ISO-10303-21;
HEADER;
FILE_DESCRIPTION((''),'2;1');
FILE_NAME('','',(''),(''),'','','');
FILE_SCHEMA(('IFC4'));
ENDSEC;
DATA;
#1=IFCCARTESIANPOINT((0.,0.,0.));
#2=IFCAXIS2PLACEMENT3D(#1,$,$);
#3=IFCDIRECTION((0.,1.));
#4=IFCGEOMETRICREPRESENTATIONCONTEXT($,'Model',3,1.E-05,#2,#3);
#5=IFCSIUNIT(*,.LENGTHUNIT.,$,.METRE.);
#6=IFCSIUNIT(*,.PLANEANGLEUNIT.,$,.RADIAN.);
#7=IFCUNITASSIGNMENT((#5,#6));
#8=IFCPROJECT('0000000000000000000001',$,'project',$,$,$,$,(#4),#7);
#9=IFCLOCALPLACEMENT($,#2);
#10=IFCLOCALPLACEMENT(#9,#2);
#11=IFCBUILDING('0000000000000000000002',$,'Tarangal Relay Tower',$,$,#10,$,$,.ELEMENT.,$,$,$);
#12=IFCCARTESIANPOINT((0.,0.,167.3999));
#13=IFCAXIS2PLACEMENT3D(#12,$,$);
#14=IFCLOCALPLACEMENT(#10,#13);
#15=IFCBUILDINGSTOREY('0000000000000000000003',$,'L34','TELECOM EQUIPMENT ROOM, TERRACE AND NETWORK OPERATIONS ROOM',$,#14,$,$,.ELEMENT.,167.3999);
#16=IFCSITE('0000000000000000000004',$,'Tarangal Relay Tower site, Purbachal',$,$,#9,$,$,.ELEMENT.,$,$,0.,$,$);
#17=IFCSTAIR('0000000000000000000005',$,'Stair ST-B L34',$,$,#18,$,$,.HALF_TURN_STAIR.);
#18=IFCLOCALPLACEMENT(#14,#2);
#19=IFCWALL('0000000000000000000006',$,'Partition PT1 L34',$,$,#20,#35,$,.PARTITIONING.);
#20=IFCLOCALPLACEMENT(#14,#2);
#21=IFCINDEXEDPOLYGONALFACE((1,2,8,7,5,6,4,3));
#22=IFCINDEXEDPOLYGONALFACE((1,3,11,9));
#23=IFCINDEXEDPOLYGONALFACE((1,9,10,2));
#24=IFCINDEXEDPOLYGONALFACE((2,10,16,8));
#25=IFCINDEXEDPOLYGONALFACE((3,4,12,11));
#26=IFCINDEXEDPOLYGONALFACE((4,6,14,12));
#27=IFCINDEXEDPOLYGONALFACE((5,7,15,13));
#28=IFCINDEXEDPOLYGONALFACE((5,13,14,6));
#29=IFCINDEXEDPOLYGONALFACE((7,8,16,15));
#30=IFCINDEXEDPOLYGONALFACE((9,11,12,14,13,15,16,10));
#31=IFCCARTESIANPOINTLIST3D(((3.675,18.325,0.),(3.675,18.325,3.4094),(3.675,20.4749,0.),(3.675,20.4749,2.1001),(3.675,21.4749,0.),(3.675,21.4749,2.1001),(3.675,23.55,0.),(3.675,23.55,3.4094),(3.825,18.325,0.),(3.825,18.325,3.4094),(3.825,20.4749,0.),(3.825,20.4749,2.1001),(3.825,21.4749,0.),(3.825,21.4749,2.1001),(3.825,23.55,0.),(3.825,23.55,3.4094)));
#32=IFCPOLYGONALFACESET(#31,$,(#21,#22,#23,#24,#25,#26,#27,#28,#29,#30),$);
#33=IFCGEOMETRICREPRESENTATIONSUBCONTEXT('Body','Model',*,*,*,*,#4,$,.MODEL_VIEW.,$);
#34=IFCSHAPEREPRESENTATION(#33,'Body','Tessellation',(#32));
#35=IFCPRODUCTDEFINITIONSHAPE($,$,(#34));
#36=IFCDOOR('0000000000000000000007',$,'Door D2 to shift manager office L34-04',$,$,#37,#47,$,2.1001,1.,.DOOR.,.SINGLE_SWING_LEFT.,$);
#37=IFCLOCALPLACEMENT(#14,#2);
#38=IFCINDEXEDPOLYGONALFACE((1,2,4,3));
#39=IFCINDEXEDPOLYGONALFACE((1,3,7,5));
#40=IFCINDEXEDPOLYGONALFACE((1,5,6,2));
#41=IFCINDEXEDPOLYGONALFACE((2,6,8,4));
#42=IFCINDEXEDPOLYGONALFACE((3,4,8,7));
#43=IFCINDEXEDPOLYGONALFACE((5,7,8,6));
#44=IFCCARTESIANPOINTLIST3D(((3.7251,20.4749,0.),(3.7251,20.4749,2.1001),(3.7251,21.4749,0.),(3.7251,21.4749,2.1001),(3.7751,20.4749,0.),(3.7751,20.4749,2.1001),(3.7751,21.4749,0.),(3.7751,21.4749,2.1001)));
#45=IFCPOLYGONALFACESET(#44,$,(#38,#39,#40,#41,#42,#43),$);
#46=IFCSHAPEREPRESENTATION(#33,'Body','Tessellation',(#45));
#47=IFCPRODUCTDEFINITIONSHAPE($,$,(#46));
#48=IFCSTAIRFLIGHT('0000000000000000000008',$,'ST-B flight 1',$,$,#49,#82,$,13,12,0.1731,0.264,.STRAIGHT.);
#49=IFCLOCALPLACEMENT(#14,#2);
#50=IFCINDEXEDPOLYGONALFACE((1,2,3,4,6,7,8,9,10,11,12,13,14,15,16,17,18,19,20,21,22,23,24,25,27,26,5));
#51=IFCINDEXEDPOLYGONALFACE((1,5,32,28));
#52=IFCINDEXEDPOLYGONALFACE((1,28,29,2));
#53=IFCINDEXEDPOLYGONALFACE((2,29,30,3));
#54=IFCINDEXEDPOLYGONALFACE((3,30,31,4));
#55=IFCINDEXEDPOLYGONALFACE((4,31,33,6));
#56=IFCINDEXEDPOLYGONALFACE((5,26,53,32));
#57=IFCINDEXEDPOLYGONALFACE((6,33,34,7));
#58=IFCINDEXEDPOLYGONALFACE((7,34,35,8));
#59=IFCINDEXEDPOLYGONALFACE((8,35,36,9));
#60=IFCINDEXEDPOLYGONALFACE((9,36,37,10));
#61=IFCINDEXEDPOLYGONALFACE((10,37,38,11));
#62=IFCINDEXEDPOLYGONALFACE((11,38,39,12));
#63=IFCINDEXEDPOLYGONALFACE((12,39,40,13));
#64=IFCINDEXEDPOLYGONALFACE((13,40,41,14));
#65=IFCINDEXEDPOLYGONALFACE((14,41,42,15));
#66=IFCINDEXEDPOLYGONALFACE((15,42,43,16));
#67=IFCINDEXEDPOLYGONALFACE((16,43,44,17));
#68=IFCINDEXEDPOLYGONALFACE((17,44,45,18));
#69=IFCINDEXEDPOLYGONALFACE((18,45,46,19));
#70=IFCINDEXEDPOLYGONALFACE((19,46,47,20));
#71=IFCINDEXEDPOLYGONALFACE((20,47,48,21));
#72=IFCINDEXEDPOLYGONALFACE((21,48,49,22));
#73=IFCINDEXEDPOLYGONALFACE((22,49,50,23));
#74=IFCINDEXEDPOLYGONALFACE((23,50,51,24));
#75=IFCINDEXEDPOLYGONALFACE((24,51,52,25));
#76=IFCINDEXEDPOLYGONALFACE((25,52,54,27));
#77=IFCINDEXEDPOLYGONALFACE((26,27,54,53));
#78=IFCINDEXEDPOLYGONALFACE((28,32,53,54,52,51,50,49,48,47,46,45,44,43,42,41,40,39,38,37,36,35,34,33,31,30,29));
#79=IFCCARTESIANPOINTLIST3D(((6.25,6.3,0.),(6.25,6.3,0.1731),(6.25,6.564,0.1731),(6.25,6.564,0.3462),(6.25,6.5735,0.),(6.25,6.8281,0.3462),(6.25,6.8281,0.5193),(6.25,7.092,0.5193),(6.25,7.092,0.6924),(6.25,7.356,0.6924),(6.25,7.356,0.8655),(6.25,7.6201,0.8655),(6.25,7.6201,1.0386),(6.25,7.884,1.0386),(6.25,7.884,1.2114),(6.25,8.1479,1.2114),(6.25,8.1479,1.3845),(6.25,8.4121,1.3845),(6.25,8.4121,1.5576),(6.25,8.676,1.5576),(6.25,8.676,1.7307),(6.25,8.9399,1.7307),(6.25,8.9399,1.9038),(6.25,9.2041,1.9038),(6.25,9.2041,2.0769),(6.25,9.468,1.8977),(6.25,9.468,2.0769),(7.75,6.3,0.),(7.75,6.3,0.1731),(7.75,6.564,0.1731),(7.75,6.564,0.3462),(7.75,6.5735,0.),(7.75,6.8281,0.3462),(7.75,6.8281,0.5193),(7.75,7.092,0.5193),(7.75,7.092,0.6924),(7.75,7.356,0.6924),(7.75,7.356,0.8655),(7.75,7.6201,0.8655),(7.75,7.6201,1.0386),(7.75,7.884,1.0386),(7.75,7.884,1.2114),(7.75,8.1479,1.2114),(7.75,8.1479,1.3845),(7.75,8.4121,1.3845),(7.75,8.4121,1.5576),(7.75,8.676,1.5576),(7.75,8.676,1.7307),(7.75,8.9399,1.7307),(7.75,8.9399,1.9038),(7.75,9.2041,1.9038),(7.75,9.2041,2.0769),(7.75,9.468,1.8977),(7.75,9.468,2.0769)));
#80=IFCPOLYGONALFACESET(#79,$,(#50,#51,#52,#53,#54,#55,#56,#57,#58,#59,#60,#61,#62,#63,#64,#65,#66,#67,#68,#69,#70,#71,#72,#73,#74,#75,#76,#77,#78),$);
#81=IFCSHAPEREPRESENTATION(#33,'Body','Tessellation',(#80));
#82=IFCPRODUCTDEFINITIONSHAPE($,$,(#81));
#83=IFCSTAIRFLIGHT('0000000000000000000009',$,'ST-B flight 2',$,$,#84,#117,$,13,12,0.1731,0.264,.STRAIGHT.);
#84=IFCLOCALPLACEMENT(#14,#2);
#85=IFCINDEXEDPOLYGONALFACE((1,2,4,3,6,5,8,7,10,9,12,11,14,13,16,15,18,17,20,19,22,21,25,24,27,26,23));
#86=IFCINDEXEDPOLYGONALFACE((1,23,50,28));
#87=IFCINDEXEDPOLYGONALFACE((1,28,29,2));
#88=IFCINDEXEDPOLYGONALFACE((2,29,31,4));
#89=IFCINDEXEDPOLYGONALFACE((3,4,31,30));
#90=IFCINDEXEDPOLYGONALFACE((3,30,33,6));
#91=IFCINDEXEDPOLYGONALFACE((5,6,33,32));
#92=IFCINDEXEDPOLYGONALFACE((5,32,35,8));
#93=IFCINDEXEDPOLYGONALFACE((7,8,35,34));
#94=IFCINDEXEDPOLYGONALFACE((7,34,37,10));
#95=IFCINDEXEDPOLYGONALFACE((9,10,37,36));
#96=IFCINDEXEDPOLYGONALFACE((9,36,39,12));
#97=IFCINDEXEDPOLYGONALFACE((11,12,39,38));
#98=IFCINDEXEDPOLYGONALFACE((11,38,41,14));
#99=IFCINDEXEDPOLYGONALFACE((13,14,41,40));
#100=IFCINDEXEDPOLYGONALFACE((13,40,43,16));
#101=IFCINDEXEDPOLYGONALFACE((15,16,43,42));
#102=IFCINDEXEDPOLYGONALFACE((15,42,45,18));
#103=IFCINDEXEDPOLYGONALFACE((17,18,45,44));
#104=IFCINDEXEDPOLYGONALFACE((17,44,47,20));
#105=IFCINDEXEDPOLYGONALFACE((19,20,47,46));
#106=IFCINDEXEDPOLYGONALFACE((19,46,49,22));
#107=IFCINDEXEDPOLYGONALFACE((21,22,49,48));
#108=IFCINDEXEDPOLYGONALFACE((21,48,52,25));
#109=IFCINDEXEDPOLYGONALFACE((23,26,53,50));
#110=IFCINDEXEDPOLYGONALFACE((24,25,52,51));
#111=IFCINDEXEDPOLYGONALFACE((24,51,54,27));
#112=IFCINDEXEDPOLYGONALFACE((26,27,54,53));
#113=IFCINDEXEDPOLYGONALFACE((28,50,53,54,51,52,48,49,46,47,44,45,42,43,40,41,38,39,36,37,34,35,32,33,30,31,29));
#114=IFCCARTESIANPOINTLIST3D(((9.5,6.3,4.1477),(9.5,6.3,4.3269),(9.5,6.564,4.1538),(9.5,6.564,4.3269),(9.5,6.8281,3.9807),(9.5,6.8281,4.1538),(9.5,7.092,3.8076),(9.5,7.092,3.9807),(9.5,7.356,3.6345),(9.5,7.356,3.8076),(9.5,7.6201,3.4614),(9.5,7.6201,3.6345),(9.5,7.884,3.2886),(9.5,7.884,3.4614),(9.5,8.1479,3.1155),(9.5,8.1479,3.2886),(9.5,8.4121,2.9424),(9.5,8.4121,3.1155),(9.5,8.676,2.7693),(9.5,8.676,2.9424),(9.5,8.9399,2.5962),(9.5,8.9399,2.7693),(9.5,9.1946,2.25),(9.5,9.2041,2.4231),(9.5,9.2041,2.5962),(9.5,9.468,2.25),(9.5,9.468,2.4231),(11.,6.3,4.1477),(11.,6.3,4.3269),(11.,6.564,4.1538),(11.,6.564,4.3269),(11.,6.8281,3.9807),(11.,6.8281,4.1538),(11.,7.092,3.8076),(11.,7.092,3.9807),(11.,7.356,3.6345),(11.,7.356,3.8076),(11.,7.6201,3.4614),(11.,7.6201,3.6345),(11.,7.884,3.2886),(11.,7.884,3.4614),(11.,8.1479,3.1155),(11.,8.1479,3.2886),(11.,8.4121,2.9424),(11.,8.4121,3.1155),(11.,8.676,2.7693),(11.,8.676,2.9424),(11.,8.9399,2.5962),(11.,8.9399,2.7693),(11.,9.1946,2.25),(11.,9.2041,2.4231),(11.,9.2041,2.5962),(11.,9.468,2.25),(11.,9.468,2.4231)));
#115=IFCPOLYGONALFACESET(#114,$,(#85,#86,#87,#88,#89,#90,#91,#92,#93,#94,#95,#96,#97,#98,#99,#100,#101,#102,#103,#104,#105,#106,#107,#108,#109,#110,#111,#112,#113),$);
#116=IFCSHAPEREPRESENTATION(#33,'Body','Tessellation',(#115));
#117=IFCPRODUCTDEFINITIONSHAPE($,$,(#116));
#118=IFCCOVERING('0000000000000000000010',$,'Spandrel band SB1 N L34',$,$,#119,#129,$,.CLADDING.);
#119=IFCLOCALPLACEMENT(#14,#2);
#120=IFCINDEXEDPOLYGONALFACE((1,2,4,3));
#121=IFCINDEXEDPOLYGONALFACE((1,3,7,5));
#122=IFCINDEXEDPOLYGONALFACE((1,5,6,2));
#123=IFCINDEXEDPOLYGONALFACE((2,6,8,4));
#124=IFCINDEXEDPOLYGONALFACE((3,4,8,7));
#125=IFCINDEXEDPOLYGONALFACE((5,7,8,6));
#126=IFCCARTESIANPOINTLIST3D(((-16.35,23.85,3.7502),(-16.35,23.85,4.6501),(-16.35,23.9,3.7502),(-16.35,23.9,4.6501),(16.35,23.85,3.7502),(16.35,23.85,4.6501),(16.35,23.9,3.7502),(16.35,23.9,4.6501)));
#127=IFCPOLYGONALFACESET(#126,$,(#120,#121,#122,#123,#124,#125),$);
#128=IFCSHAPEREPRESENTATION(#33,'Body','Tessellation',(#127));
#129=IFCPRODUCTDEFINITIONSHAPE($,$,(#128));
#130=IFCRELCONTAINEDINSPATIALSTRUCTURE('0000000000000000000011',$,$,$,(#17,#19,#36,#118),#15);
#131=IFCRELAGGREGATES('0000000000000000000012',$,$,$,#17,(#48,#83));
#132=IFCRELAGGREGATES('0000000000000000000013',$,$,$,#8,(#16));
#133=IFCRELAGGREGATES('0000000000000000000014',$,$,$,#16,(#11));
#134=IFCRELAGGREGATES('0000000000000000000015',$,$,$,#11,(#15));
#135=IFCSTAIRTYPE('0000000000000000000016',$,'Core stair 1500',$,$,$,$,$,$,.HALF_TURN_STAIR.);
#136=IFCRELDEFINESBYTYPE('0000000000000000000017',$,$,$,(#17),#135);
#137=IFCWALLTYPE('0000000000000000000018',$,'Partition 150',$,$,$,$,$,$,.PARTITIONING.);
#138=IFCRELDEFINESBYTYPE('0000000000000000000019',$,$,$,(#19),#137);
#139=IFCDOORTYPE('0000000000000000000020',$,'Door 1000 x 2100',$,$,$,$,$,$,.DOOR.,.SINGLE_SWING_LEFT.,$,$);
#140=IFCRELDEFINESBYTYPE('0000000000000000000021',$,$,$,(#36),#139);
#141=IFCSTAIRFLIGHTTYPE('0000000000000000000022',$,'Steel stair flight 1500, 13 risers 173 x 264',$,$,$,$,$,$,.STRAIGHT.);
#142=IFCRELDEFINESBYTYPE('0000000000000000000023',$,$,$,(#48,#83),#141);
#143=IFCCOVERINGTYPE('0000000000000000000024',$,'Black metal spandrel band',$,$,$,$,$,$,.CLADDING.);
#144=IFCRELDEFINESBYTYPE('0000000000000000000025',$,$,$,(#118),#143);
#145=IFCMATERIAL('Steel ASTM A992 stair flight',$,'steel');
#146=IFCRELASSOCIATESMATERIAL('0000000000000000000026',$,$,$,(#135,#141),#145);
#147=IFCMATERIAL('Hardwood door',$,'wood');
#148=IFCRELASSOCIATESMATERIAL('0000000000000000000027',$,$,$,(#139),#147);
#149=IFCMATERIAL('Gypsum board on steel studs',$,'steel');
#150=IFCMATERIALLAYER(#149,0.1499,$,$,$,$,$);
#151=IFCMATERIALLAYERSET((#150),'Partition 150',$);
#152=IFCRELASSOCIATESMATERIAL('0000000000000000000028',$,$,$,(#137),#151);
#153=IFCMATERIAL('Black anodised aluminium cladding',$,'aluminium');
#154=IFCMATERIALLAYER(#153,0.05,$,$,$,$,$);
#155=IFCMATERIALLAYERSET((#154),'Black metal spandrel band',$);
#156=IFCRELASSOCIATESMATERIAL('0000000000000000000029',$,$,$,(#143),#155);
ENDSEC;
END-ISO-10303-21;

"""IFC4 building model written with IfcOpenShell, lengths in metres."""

from ifc_helpers import new_model, si_unit, direction, frame, frame_2d, origin, origin_2d, place, context, subcontext, project, spatial, polyline, rectangle, outline, extrude, material, layer, layer_set, type_object, element, fill, aggregate, save


model = new_model("IFC4")

# Units and contexts
model_context = context("Model", 3, precision=1e-05, world=origin(), true_north=direction((0.0, 1.0)))
body_context = subcontext(model_context, "Body", "Model", "MODEL_VIEW")
ifc_project = project(units=[si_unit("LENGTHUNIT", "METRE"), si_unit("PLANEANGLEUNIT", "RADIAN")], contexts=[model_context])

# Site, building, storey
site_placement = place(None, origin())
site = spatial("IfcSite", under=ifc_project, at=site_placement, Name="Tarangal Relay Tower site, Purbachal", CompositionType="ELEMENT", RefElevation=0.0)
building_placement = place(site_placement, origin())
building = spatial("IfcBuilding", under=site, at=building_placement, Name="Tarangal Relay Tower", CompositionType="ELEMENT")
storey_placement = place(building_placement, frame((0.0, 0.0, 167.3999)))
storey = spatial("IfcBuildingStorey", under=building, at=storey_placement, Name="L34", Description="TELECOM EQUIPMENT ROOM, TERRACE AND NETWORK OPERATIONS ROOM", CompositionType="ELEMENT", Elevation=167.3999)

# Stair
ifc_material_1 = material(Name="Steel ASTM A992 stair flight", Category="steel")
stair_type = type_object("IfcStairType", Name="Core stair 1500", PredefinedType="HALF_TURN_STAIR", material=ifc_material_1)
stair_1_placement = place(storey_placement, origin())
stair_1 = element("IfcStair", 1, at=stair_1_placement, inside=storey, type_object=stair_type, Name="Stair ST-B L34", PredefinedType="HALF_TURN_STAIR")

# Shared definitions
ifc_material_2 = material(Name="Hardwood door", Category="wood")
door_type_1 = type_object("IfcDoorType", Name="Door 1000 x 2100", OperationType="SINGLE_SWING_LEFT", PredefinedType="DOOR", material=ifc_material_2)

# Wall, opening, door
ifc_material_3 = material(Name="Gypsum board on steel studs", Category="steel")
ifc_layer_1 = layer(ifc_material_3, 0.1499)
ifc_layer_set_1 = layer_set([ifc_layer_1], Name="Partition 150")
wall_type_1 = type_object("IfcWallType", Name="Partition 150", PredefinedType="PARTITIONING", material=ifc_layer_set_1)
wall_1_placement = place(storey_placement, frame((3.75, 18.325, 0.0), z_axis=(0.0, 0.0, 1.0), x_axis=(0.0, 1.0, 0.0)))
wall_1 = element("IfcWall", 2, at=wall_1_placement, inside=storey, type_object=wall_type_1, Name="Partition PT1 L34", PredefinedType="PARTITIONING", context=body_context, shape_type="SweptSolid", body=[
    extrude(rectangle(XDim=5.2251, YDim=0.1499, at=frame_2d((2.6125, 0.0))), origin(), (0.0, 0.0, 1.0), 3.4094),
])
opening_1_placement = place(wall_1_placement, frame((2.1499, 0.0, 0.0)))
opening_1 = element("IfcOpeningElement", 3, at=opening_1_placement, cuts=wall_1, PredefinedType="OPENING", context=body_context, shape_type="SweptSolid", body=[
    extrude(rectangle(XDim=1.0, YDim=2.1001, at=frame_2d((0.5, 1.05))), frame((0.0, 0.085, 0.0), z_axis=(0.0, -1.0, 0.0), x_axis=(1.0, 0.0, 0.0)), (0.0, 0.0, 1.0), 0.1699),
])
door_1_placement = place(opening_1_placement, origin())
door_1 = element("IfcDoor", 4, at=door_1_placement, inside=storey, type_object=door_type_1, Name="Door D2 to shift manager office L34-04", OperationType="SINGLE_SWING_LEFT", OverallHeight=2.1001, OverallWidth=1.0, PredefinedType="DOOR", context=body_context, shape_type="SweptSolid", body=[
    extrude(rectangle(XDim=1.0, YDim=2.1001, at=frame_2d((0.5, 1.05))), frame((0.0, 0.0249, 0.0), z_axis=(0.0, -1.0, 0.0), x_axis=(1.0, 0.0, 0.0)), (0.0, 0.0, 1.0), 0.05),
])
fill(opening_1, door_1)

# Stair flights
stair_flight_type = type_object("IfcStairFlightType", Name="Steel stair flight 1500, 13 risers 173 x 264", PredefinedType="STRAIGHT", material=ifc_material_1)
stair_flight_1_placement = place(storey_placement, frame((7.0, 6.3, 0.0), z_axis=(0.0, 0.0, 1.0), x_axis=(0.0, 1.0, 0.0)))
stair_flight_1 = element("IfcStairFlight", 5, at=stair_flight_1_placement, type_object=stair_flight_type, Name="ST-B flight 1", NumberOfRisers=13, NumberOfTreads=12, PredefinedType="STRAIGHT", RiserHeight=0.1731, TreadLength=0.264, context=body_context, shape_type="SweptSolid", body=[
    extrude(outline(polyline([(0.0, 0.0), (0.0, 0.1731), (0.2639, 0.1731), (0.2639, 0.3462), (0.5281, 0.3462), (0.5281, 0.5193), (0.792, 0.5193), (0.792, 0.6924), (1.0559, 0.6924), (1.0559, 0.8655), (1.3201, 0.8655), (1.3201, 1.0386), (1.584, 1.0386), (1.584, 1.2114), (1.8479, 1.2114), (1.8479, 1.3845), (2.1121, 1.3845), (2.1121, 1.5576), (2.376, 1.5576), (2.376, 1.7307), (2.6399, 1.7307), (2.6399, 1.9038), (2.9041, 1.9038), (2.9041, 2.0769), (3.168, 2.0769), (3.168, 2.25), (3.168, 1.8977), (0.2734, 0.0), (0.0, 0.0)])), frame((0.0, 0.75, 0.0), z_axis=(0.0, -1.0, 0.0), x_axis=(1.0, 0.0, 0.0)), (0.0, 0.0, 1.0), 1.5),
])
stair_flight_2_placement = place(storey_placement, frame((10.25, 9.468, 2.25), z_axis=(0.0, 0.0, 1.0), x_axis=(0.0, -1.0, 0.0)))
stair_flight_2 = element("IfcStairFlight", 6, at=stair_flight_2_placement, type_object=stair_flight_type, Name="ST-B flight 2", NumberOfRisers=13, NumberOfTreads=12, PredefinedType="STRAIGHT", RiserHeight=0.1731, TreadLength=0.264, context=body_context, shape_type="SweptSolid", body=[
    extrude(outline(polyline([(0.0, 0.0), (0.0, 0.1731), (0.2639, 0.1731), (0.2639, 0.3462), (0.5281, 0.3462), (0.5281, 0.5193), (0.792, 0.5193), (0.792, 0.6924), (1.0559, 0.6924), (1.0559, 0.8655), (1.3201, 0.8655), (1.3201, 1.0386), (1.584, 1.0386), (1.584, 1.2114), (1.8479, 1.2114), (1.8479, 1.3845), (2.1121, 1.3845), (2.1121, 1.5576), (2.376, 1.5576), (2.376, 1.7307), (2.6399, 1.7307), (2.6399, 1.9038), (2.9041, 1.9038), (2.9041, 2.0769), (3.168, 2.0769), (3.168, 2.25), (3.168, 1.8977), (0.2734, 0.0), (0.0, 0.0)])), frame((0.0, 0.75, 0.0), z_axis=(0.0, -1.0, 0.0), x_axis=(1.0, 0.0, 0.0)), (0.0, 0.0, 1.0), 1.5),
])
aggregate(stair_1, [stair_flight_1, stair_flight_2])

# Covering
ifc_material_4 = material(Name="Black anodised aluminium cladding", Category="aluminium")
ifc_layer_2 = layer(ifc_material_4, 0.05)
ifc_layer_set_2 = layer_set([ifc_layer_2], Name="Black metal spandrel band")
covering_type = type_object("IfcCoveringType", Name="Black metal spandrel band", PredefinedType="CLADDING", material=ifc_layer_set_2)
covering_placement = place(storey_placement, frame((0.0, 23.875, 3.7502), z_axis=(0.0, 0.0, 1.0), x_axis=(1.0, 0.0, 0.0)))
element("IfcCovering", 7, at=covering_placement, inside=storey, type_object=covering_type, Name="Spandrel band SB1 N L34", PredefinedType="CLADDING", context=body_context, shape_type="SweptSolid", body=[
    extrude(rectangle(XDim=32.7, YDim=0.05, at=origin_2d()), origin(), (0.0, 0.0, 1.0), 0.8999),
])

save(model, "model.ifc")
